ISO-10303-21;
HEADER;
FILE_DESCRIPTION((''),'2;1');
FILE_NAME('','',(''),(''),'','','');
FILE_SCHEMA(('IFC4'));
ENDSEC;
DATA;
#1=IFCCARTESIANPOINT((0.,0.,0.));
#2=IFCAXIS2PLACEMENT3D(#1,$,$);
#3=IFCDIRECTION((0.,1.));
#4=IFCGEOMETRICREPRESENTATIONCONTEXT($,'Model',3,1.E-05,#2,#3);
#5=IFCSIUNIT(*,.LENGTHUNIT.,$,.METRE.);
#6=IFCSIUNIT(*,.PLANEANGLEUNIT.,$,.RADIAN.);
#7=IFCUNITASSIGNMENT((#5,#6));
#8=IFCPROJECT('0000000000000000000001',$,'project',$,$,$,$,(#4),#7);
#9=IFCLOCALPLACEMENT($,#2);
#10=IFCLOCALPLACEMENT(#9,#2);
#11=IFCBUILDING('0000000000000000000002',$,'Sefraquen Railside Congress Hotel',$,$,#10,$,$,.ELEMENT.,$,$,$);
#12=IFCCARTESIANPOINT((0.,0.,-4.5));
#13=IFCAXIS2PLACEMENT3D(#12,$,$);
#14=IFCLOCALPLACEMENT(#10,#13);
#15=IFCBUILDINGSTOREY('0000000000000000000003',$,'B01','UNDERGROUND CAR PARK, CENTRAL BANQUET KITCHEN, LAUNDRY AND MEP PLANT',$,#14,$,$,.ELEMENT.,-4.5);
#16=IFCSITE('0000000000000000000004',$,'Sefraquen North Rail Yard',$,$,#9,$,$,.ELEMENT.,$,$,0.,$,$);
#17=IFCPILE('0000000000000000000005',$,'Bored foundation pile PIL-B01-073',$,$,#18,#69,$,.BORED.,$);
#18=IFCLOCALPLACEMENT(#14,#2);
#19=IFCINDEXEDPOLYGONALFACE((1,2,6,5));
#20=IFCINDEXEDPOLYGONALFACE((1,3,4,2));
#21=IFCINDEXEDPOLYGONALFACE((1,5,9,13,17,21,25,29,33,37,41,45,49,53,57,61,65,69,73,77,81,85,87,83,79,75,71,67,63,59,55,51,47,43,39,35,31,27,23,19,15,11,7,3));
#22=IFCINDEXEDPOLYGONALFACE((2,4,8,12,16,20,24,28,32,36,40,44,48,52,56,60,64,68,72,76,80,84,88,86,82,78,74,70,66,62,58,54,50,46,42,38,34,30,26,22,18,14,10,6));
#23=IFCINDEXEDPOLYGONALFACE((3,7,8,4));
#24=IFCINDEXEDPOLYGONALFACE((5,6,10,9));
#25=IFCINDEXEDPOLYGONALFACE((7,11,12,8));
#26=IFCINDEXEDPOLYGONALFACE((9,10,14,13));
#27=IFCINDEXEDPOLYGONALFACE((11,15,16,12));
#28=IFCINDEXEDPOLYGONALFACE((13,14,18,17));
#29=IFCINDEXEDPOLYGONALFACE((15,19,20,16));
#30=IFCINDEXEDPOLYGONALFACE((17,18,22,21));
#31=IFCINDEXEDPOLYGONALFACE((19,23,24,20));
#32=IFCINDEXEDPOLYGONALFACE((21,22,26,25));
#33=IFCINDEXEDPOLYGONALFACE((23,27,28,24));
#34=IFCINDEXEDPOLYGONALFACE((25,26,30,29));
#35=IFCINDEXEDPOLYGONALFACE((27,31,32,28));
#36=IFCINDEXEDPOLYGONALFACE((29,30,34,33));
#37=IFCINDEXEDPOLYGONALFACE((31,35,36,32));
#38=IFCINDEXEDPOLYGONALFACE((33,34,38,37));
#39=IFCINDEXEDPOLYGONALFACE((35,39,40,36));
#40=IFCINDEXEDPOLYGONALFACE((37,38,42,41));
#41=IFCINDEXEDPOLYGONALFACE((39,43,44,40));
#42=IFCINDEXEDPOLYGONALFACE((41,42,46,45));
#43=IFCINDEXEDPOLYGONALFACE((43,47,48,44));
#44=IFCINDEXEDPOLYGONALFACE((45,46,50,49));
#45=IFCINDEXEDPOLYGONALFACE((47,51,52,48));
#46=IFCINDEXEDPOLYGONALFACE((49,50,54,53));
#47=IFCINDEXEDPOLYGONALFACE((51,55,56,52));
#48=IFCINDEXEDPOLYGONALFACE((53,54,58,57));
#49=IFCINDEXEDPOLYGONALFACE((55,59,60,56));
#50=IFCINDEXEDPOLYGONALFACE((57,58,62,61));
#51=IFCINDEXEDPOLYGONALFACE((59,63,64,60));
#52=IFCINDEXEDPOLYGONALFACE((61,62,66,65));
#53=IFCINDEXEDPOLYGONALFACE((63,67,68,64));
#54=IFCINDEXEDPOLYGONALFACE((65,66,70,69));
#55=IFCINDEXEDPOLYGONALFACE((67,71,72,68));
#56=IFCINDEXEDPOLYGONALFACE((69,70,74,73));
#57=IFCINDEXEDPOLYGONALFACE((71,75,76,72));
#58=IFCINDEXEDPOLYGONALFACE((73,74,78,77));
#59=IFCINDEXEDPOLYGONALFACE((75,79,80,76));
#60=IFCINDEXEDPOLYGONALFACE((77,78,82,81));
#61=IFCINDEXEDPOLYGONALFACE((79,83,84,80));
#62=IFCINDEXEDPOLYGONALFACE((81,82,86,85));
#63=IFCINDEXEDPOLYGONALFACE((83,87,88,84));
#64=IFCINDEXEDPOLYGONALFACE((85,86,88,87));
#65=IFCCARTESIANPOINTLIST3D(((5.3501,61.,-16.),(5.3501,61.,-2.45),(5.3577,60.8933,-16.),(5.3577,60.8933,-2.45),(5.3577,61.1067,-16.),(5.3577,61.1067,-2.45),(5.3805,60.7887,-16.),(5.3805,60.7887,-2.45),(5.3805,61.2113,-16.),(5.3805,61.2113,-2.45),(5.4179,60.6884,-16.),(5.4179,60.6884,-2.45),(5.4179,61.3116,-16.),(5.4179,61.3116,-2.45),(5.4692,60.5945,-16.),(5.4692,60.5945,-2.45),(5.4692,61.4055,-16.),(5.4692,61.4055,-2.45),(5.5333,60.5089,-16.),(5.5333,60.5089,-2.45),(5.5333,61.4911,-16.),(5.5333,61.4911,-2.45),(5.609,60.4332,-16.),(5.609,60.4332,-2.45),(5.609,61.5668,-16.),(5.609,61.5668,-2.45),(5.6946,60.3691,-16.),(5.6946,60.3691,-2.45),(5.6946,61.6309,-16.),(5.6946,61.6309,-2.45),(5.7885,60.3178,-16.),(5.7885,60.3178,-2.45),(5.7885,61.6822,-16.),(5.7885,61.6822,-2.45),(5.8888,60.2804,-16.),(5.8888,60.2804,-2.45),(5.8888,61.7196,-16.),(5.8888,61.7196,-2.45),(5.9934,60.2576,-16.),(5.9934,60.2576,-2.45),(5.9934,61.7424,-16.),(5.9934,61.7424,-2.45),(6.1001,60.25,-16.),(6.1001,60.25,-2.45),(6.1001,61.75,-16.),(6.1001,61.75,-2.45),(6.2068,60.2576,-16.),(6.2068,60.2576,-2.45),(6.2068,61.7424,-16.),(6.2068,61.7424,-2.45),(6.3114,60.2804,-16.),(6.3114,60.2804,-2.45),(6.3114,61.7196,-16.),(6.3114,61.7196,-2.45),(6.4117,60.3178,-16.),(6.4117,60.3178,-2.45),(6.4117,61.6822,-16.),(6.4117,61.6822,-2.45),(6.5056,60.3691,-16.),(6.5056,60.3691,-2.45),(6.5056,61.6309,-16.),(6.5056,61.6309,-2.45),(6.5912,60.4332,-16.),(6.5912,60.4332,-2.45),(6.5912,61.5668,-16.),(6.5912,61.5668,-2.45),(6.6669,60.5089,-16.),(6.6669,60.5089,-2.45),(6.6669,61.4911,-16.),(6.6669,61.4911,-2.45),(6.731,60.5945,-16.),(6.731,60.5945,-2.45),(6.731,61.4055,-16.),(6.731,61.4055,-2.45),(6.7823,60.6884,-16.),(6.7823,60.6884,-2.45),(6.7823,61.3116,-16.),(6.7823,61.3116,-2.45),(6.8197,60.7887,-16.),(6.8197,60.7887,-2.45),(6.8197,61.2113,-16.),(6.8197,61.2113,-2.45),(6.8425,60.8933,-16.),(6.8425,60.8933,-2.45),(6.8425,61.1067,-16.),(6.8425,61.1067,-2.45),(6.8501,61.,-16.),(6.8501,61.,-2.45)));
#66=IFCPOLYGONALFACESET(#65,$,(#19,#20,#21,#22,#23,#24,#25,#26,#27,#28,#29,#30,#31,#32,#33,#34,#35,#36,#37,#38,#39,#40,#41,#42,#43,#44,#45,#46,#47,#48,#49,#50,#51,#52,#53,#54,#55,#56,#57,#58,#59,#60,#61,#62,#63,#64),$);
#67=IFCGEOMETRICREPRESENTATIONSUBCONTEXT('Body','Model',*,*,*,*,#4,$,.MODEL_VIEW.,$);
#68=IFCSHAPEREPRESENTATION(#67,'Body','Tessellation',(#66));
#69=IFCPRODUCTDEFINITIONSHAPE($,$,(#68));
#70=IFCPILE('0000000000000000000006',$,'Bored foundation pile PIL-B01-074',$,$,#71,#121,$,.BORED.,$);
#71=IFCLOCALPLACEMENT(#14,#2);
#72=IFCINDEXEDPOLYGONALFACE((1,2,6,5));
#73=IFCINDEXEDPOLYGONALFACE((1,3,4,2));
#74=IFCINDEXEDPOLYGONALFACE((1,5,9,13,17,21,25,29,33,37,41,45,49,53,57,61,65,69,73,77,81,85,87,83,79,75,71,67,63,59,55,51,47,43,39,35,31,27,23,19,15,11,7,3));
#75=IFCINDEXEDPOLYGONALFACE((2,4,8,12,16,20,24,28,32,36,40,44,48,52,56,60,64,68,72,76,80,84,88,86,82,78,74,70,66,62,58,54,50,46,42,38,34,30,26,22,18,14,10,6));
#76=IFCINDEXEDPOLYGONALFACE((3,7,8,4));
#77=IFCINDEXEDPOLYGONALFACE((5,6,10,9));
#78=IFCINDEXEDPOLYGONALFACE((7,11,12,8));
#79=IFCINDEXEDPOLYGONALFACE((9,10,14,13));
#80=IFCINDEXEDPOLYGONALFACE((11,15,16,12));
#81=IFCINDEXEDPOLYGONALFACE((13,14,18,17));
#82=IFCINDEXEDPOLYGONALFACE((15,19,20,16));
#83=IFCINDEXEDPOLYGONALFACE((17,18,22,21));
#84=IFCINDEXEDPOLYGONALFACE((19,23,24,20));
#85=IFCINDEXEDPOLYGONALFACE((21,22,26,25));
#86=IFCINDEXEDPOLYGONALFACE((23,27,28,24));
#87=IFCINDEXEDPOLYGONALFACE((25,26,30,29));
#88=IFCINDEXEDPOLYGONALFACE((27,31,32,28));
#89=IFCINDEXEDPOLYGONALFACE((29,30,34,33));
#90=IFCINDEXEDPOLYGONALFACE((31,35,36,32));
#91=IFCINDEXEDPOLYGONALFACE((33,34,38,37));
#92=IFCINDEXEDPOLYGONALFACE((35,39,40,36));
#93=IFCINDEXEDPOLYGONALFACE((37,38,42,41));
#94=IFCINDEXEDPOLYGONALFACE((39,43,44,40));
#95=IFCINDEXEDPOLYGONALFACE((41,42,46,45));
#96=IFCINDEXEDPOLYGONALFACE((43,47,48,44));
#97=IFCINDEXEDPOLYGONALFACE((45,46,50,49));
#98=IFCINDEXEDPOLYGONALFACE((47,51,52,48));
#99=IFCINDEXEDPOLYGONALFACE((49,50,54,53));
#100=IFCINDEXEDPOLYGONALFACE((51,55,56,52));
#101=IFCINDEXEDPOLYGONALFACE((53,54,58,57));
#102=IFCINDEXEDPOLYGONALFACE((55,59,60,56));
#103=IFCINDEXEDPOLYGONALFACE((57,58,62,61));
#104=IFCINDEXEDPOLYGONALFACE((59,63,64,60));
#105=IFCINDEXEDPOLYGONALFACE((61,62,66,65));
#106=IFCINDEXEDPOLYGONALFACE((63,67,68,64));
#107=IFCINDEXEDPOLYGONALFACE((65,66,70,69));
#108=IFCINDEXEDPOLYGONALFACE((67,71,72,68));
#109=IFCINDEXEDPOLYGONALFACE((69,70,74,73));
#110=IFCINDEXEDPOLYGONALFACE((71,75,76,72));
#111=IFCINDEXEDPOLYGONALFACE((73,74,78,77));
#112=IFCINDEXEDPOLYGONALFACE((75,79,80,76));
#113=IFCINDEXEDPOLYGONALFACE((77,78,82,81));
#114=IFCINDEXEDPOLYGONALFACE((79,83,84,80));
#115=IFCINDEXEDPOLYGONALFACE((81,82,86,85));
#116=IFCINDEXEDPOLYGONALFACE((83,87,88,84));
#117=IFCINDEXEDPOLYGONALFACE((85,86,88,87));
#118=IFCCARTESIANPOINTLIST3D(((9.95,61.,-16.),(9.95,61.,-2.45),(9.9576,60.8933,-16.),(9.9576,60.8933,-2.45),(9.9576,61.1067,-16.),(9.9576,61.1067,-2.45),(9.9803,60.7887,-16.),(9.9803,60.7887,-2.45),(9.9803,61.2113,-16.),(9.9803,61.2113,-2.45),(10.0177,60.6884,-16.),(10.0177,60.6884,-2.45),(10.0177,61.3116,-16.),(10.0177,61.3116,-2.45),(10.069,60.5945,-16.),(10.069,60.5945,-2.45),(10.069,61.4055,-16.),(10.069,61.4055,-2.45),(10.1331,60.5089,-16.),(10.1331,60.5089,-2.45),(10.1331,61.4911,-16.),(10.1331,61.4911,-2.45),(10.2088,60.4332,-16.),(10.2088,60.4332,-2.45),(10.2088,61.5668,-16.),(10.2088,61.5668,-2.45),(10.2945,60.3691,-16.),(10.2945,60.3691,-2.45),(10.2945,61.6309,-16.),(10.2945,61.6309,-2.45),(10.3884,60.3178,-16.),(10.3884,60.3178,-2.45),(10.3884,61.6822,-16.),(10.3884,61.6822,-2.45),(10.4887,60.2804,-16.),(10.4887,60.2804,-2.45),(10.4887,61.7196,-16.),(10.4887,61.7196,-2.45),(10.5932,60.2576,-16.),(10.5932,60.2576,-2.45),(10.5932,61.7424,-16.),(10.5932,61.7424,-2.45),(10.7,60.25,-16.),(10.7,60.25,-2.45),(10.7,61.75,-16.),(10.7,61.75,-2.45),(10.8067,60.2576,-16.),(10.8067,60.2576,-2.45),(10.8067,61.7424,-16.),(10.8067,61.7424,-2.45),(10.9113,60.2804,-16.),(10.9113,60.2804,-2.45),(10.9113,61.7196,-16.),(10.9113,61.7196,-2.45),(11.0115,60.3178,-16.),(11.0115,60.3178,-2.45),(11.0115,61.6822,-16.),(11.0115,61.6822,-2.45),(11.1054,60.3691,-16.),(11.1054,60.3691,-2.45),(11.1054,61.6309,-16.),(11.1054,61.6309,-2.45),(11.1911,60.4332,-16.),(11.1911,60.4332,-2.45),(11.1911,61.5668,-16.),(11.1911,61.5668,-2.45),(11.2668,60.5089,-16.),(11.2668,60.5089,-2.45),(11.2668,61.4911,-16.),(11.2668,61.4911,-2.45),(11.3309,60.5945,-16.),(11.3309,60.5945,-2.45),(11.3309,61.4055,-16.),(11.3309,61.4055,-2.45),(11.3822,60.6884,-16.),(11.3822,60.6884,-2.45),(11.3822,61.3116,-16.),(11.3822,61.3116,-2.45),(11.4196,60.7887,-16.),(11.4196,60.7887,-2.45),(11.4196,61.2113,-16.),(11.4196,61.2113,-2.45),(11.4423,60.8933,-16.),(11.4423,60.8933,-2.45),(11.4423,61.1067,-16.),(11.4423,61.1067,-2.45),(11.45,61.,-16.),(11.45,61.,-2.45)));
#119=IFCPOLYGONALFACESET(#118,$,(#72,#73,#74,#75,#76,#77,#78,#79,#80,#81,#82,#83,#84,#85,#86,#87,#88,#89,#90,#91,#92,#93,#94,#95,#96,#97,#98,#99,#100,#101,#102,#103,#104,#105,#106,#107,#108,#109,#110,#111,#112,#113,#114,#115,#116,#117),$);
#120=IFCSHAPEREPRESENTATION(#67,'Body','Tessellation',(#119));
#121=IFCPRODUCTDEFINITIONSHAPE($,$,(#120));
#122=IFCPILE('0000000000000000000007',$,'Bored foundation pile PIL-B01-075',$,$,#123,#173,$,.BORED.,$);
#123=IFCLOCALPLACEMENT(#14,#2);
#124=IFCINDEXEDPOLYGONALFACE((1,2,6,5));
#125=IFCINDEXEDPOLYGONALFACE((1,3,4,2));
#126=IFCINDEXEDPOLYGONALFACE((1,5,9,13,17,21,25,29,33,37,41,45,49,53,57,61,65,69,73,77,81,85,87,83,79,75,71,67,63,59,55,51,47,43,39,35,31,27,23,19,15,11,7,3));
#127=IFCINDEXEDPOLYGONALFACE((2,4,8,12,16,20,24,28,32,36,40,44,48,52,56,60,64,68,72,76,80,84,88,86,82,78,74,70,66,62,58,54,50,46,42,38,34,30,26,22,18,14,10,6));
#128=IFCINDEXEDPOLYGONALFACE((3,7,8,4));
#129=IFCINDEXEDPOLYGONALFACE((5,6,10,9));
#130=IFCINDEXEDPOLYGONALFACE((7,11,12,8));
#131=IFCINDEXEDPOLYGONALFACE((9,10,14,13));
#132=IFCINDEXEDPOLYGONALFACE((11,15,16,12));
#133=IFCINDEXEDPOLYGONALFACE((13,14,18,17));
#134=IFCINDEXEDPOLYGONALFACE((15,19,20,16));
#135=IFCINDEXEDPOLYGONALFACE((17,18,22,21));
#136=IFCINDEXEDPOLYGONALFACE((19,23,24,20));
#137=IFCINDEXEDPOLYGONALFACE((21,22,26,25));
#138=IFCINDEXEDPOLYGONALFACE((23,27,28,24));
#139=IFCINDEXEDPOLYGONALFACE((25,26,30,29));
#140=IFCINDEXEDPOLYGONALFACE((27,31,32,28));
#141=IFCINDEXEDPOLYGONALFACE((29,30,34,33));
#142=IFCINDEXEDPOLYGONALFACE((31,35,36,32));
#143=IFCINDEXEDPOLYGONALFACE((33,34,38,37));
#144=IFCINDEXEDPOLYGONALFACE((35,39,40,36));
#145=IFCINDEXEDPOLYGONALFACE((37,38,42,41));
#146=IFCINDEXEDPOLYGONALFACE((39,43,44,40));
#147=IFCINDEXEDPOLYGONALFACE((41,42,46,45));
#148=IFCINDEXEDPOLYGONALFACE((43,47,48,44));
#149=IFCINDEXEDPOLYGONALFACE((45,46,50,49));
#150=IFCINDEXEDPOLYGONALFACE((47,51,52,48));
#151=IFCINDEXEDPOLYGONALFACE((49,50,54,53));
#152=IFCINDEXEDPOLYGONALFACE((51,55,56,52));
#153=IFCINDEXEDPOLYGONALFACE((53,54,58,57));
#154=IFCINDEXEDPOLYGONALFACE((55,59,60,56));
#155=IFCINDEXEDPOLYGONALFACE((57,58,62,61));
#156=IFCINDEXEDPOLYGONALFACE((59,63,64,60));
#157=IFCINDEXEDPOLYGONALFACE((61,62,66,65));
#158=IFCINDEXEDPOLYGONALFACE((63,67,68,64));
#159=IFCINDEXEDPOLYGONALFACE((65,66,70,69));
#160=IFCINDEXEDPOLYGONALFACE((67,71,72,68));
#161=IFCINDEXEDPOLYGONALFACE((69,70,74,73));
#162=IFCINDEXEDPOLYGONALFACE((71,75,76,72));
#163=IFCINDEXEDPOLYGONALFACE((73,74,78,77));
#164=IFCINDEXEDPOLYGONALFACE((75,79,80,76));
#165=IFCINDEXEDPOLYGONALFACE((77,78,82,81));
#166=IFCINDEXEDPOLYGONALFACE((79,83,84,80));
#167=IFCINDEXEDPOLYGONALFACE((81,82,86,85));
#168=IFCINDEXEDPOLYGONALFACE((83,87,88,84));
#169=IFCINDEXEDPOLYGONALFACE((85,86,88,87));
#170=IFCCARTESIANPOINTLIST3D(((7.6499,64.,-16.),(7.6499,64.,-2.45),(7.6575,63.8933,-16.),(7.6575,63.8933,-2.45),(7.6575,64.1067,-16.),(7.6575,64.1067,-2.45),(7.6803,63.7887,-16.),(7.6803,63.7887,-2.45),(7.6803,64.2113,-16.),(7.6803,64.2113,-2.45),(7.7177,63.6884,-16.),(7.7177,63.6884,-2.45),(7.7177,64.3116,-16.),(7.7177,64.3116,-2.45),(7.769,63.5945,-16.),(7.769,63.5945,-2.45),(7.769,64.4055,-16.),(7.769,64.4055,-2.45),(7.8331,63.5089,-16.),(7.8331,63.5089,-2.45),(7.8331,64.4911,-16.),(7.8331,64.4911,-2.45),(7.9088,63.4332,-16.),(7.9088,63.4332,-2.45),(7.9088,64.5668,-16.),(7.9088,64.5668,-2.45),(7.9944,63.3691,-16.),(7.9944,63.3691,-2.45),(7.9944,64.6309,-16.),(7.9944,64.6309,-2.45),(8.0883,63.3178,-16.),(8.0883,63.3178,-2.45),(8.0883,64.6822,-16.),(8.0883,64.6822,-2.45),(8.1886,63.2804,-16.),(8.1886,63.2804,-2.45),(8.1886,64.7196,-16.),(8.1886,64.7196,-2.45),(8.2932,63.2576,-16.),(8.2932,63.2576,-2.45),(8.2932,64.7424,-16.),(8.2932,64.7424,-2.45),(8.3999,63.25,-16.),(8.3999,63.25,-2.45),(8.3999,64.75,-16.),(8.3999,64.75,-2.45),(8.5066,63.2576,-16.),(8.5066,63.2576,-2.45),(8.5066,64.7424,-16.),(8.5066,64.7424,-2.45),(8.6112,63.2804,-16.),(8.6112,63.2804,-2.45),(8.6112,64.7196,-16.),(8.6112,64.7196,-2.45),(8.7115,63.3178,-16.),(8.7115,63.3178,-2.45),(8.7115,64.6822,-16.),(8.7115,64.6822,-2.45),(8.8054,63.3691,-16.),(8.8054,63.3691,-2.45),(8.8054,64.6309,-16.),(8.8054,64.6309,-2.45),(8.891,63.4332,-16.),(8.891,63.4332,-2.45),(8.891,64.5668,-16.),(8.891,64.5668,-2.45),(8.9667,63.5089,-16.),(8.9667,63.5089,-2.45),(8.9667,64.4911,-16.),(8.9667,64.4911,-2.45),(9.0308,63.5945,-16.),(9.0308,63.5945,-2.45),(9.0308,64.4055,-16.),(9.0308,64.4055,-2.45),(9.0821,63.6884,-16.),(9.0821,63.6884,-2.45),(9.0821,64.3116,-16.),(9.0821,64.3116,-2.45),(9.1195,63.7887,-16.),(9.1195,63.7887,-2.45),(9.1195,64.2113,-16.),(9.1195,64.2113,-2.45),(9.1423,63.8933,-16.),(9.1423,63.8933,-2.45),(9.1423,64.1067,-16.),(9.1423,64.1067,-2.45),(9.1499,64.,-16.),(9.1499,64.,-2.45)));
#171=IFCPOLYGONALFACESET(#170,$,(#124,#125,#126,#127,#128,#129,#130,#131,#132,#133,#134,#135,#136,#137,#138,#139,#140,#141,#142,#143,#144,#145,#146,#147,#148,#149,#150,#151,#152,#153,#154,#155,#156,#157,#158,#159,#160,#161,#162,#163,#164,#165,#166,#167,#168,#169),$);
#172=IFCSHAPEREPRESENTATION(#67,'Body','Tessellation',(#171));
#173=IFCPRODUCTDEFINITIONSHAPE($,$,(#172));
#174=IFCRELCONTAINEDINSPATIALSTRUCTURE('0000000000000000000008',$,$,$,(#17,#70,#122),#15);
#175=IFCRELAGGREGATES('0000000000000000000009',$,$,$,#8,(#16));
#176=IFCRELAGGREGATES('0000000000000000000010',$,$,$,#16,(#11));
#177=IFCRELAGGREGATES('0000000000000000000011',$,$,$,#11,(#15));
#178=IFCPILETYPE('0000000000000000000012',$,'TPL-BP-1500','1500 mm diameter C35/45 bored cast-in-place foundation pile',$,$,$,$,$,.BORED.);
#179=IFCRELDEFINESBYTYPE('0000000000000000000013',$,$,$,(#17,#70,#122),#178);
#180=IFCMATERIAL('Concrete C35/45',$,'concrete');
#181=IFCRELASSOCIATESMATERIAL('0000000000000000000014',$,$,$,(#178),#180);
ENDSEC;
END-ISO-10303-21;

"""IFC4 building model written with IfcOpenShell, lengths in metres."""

from ifc_helpers import new_model, si_unit, direction, frame, origin, origin_2d, place, context, subcontext, project, spatial, circle, extrude, material, material_profile, profile_set, type_object, element, save


model = new_model("IFC4")

# Units and contexts
model_context = context("Model", 3, precision=1e-05, world=origin(), true_north=direction((0.0, 1.0)))
body_context = subcontext(model_context, "Body", "Model", "MODEL_VIEW")
ifc_project = project(units=[si_unit("LENGTHUNIT", "METRE"), si_unit("PLANEANGLEUNIT", "RADIAN")], contexts=[model_context])

# Site, building, storey
site_placement = place(None, origin())
site = spatial("IfcSite", under=ifc_project, at=site_placement, Name="Sefraquen North Rail Yard", CompositionType="ELEMENT", RefElevation=0.0)
building_placement = place(site_placement, origin())
building = spatial("IfcBuilding", under=site, at=building_placement, Name="Sefraquen Railside Congress Hotel", CompositionType="ELEMENT")
storey_placement = place(building_placement, frame((0.0, 0.0, -4.5)))
storey = spatial("IfcBuildingStorey", under=building, at=storey_placement, Name="B01", Description="UNDERGROUND CAR PARK, CENTRAL BANQUET KITCHEN, LAUNDRY AND MEP PLANT", CompositionType="ELEMENT", Elevation=-4.5)

# Piles
ifc_material_1 = material(Name="Concrete C35/45", Category="concrete")
ifc_material_profile_1 = material_profile(ifc_material_1, circle(Radius=0.75, at=origin_2d()), Name="BORED PILE 1500")
ifc_profile_set_1 = profile_set([ifc_material_profile_1], Name="Concrete C35/45")
pile_type_1 = type_object("IfcPileType", Name="TPL-BP-1500", Description="1500 mm diameter C35/45 bored cast-in-place foundation pile", PredefinedType="BORED", material=ifc_profile_set_1)
for number, where, z_axis, x_axis, name in (
    (1, (6.1001, 61.0, -2.45), (0.0, 0.0, -1.0), (1.0, 0.0, 0.0), "Bored foundation pile PIL-B01-073"),
    (2, (10.7, 61.0, -2.45), (0.0, 0.0, -1.0), (1.0, 0.0, 0.0), "Bored foundation pile PIL-B01-074"),
    (3, (8.3999, 64.0, -2.45), (0.0, 0.0, -1.0), (1.0, 0.0, 0.0), "Bored foundation pile PIL-B01-075"),
):
    element("IfcPile", number, at=place(storey_placement, frame(where, z_axis=z_axis, x_axis=x_axis)), inside=storey, type_object=pile_type_1, Name=name, PredefinedType="BORED", context=body_context, shape_type="SweptSolid", body=[
        extrude(circle(Radius=0.75, at=origin_2d()), origin(), (0.0, 0.0, 1.0), 13.55),
    ])

save(model, "model.ifc")
